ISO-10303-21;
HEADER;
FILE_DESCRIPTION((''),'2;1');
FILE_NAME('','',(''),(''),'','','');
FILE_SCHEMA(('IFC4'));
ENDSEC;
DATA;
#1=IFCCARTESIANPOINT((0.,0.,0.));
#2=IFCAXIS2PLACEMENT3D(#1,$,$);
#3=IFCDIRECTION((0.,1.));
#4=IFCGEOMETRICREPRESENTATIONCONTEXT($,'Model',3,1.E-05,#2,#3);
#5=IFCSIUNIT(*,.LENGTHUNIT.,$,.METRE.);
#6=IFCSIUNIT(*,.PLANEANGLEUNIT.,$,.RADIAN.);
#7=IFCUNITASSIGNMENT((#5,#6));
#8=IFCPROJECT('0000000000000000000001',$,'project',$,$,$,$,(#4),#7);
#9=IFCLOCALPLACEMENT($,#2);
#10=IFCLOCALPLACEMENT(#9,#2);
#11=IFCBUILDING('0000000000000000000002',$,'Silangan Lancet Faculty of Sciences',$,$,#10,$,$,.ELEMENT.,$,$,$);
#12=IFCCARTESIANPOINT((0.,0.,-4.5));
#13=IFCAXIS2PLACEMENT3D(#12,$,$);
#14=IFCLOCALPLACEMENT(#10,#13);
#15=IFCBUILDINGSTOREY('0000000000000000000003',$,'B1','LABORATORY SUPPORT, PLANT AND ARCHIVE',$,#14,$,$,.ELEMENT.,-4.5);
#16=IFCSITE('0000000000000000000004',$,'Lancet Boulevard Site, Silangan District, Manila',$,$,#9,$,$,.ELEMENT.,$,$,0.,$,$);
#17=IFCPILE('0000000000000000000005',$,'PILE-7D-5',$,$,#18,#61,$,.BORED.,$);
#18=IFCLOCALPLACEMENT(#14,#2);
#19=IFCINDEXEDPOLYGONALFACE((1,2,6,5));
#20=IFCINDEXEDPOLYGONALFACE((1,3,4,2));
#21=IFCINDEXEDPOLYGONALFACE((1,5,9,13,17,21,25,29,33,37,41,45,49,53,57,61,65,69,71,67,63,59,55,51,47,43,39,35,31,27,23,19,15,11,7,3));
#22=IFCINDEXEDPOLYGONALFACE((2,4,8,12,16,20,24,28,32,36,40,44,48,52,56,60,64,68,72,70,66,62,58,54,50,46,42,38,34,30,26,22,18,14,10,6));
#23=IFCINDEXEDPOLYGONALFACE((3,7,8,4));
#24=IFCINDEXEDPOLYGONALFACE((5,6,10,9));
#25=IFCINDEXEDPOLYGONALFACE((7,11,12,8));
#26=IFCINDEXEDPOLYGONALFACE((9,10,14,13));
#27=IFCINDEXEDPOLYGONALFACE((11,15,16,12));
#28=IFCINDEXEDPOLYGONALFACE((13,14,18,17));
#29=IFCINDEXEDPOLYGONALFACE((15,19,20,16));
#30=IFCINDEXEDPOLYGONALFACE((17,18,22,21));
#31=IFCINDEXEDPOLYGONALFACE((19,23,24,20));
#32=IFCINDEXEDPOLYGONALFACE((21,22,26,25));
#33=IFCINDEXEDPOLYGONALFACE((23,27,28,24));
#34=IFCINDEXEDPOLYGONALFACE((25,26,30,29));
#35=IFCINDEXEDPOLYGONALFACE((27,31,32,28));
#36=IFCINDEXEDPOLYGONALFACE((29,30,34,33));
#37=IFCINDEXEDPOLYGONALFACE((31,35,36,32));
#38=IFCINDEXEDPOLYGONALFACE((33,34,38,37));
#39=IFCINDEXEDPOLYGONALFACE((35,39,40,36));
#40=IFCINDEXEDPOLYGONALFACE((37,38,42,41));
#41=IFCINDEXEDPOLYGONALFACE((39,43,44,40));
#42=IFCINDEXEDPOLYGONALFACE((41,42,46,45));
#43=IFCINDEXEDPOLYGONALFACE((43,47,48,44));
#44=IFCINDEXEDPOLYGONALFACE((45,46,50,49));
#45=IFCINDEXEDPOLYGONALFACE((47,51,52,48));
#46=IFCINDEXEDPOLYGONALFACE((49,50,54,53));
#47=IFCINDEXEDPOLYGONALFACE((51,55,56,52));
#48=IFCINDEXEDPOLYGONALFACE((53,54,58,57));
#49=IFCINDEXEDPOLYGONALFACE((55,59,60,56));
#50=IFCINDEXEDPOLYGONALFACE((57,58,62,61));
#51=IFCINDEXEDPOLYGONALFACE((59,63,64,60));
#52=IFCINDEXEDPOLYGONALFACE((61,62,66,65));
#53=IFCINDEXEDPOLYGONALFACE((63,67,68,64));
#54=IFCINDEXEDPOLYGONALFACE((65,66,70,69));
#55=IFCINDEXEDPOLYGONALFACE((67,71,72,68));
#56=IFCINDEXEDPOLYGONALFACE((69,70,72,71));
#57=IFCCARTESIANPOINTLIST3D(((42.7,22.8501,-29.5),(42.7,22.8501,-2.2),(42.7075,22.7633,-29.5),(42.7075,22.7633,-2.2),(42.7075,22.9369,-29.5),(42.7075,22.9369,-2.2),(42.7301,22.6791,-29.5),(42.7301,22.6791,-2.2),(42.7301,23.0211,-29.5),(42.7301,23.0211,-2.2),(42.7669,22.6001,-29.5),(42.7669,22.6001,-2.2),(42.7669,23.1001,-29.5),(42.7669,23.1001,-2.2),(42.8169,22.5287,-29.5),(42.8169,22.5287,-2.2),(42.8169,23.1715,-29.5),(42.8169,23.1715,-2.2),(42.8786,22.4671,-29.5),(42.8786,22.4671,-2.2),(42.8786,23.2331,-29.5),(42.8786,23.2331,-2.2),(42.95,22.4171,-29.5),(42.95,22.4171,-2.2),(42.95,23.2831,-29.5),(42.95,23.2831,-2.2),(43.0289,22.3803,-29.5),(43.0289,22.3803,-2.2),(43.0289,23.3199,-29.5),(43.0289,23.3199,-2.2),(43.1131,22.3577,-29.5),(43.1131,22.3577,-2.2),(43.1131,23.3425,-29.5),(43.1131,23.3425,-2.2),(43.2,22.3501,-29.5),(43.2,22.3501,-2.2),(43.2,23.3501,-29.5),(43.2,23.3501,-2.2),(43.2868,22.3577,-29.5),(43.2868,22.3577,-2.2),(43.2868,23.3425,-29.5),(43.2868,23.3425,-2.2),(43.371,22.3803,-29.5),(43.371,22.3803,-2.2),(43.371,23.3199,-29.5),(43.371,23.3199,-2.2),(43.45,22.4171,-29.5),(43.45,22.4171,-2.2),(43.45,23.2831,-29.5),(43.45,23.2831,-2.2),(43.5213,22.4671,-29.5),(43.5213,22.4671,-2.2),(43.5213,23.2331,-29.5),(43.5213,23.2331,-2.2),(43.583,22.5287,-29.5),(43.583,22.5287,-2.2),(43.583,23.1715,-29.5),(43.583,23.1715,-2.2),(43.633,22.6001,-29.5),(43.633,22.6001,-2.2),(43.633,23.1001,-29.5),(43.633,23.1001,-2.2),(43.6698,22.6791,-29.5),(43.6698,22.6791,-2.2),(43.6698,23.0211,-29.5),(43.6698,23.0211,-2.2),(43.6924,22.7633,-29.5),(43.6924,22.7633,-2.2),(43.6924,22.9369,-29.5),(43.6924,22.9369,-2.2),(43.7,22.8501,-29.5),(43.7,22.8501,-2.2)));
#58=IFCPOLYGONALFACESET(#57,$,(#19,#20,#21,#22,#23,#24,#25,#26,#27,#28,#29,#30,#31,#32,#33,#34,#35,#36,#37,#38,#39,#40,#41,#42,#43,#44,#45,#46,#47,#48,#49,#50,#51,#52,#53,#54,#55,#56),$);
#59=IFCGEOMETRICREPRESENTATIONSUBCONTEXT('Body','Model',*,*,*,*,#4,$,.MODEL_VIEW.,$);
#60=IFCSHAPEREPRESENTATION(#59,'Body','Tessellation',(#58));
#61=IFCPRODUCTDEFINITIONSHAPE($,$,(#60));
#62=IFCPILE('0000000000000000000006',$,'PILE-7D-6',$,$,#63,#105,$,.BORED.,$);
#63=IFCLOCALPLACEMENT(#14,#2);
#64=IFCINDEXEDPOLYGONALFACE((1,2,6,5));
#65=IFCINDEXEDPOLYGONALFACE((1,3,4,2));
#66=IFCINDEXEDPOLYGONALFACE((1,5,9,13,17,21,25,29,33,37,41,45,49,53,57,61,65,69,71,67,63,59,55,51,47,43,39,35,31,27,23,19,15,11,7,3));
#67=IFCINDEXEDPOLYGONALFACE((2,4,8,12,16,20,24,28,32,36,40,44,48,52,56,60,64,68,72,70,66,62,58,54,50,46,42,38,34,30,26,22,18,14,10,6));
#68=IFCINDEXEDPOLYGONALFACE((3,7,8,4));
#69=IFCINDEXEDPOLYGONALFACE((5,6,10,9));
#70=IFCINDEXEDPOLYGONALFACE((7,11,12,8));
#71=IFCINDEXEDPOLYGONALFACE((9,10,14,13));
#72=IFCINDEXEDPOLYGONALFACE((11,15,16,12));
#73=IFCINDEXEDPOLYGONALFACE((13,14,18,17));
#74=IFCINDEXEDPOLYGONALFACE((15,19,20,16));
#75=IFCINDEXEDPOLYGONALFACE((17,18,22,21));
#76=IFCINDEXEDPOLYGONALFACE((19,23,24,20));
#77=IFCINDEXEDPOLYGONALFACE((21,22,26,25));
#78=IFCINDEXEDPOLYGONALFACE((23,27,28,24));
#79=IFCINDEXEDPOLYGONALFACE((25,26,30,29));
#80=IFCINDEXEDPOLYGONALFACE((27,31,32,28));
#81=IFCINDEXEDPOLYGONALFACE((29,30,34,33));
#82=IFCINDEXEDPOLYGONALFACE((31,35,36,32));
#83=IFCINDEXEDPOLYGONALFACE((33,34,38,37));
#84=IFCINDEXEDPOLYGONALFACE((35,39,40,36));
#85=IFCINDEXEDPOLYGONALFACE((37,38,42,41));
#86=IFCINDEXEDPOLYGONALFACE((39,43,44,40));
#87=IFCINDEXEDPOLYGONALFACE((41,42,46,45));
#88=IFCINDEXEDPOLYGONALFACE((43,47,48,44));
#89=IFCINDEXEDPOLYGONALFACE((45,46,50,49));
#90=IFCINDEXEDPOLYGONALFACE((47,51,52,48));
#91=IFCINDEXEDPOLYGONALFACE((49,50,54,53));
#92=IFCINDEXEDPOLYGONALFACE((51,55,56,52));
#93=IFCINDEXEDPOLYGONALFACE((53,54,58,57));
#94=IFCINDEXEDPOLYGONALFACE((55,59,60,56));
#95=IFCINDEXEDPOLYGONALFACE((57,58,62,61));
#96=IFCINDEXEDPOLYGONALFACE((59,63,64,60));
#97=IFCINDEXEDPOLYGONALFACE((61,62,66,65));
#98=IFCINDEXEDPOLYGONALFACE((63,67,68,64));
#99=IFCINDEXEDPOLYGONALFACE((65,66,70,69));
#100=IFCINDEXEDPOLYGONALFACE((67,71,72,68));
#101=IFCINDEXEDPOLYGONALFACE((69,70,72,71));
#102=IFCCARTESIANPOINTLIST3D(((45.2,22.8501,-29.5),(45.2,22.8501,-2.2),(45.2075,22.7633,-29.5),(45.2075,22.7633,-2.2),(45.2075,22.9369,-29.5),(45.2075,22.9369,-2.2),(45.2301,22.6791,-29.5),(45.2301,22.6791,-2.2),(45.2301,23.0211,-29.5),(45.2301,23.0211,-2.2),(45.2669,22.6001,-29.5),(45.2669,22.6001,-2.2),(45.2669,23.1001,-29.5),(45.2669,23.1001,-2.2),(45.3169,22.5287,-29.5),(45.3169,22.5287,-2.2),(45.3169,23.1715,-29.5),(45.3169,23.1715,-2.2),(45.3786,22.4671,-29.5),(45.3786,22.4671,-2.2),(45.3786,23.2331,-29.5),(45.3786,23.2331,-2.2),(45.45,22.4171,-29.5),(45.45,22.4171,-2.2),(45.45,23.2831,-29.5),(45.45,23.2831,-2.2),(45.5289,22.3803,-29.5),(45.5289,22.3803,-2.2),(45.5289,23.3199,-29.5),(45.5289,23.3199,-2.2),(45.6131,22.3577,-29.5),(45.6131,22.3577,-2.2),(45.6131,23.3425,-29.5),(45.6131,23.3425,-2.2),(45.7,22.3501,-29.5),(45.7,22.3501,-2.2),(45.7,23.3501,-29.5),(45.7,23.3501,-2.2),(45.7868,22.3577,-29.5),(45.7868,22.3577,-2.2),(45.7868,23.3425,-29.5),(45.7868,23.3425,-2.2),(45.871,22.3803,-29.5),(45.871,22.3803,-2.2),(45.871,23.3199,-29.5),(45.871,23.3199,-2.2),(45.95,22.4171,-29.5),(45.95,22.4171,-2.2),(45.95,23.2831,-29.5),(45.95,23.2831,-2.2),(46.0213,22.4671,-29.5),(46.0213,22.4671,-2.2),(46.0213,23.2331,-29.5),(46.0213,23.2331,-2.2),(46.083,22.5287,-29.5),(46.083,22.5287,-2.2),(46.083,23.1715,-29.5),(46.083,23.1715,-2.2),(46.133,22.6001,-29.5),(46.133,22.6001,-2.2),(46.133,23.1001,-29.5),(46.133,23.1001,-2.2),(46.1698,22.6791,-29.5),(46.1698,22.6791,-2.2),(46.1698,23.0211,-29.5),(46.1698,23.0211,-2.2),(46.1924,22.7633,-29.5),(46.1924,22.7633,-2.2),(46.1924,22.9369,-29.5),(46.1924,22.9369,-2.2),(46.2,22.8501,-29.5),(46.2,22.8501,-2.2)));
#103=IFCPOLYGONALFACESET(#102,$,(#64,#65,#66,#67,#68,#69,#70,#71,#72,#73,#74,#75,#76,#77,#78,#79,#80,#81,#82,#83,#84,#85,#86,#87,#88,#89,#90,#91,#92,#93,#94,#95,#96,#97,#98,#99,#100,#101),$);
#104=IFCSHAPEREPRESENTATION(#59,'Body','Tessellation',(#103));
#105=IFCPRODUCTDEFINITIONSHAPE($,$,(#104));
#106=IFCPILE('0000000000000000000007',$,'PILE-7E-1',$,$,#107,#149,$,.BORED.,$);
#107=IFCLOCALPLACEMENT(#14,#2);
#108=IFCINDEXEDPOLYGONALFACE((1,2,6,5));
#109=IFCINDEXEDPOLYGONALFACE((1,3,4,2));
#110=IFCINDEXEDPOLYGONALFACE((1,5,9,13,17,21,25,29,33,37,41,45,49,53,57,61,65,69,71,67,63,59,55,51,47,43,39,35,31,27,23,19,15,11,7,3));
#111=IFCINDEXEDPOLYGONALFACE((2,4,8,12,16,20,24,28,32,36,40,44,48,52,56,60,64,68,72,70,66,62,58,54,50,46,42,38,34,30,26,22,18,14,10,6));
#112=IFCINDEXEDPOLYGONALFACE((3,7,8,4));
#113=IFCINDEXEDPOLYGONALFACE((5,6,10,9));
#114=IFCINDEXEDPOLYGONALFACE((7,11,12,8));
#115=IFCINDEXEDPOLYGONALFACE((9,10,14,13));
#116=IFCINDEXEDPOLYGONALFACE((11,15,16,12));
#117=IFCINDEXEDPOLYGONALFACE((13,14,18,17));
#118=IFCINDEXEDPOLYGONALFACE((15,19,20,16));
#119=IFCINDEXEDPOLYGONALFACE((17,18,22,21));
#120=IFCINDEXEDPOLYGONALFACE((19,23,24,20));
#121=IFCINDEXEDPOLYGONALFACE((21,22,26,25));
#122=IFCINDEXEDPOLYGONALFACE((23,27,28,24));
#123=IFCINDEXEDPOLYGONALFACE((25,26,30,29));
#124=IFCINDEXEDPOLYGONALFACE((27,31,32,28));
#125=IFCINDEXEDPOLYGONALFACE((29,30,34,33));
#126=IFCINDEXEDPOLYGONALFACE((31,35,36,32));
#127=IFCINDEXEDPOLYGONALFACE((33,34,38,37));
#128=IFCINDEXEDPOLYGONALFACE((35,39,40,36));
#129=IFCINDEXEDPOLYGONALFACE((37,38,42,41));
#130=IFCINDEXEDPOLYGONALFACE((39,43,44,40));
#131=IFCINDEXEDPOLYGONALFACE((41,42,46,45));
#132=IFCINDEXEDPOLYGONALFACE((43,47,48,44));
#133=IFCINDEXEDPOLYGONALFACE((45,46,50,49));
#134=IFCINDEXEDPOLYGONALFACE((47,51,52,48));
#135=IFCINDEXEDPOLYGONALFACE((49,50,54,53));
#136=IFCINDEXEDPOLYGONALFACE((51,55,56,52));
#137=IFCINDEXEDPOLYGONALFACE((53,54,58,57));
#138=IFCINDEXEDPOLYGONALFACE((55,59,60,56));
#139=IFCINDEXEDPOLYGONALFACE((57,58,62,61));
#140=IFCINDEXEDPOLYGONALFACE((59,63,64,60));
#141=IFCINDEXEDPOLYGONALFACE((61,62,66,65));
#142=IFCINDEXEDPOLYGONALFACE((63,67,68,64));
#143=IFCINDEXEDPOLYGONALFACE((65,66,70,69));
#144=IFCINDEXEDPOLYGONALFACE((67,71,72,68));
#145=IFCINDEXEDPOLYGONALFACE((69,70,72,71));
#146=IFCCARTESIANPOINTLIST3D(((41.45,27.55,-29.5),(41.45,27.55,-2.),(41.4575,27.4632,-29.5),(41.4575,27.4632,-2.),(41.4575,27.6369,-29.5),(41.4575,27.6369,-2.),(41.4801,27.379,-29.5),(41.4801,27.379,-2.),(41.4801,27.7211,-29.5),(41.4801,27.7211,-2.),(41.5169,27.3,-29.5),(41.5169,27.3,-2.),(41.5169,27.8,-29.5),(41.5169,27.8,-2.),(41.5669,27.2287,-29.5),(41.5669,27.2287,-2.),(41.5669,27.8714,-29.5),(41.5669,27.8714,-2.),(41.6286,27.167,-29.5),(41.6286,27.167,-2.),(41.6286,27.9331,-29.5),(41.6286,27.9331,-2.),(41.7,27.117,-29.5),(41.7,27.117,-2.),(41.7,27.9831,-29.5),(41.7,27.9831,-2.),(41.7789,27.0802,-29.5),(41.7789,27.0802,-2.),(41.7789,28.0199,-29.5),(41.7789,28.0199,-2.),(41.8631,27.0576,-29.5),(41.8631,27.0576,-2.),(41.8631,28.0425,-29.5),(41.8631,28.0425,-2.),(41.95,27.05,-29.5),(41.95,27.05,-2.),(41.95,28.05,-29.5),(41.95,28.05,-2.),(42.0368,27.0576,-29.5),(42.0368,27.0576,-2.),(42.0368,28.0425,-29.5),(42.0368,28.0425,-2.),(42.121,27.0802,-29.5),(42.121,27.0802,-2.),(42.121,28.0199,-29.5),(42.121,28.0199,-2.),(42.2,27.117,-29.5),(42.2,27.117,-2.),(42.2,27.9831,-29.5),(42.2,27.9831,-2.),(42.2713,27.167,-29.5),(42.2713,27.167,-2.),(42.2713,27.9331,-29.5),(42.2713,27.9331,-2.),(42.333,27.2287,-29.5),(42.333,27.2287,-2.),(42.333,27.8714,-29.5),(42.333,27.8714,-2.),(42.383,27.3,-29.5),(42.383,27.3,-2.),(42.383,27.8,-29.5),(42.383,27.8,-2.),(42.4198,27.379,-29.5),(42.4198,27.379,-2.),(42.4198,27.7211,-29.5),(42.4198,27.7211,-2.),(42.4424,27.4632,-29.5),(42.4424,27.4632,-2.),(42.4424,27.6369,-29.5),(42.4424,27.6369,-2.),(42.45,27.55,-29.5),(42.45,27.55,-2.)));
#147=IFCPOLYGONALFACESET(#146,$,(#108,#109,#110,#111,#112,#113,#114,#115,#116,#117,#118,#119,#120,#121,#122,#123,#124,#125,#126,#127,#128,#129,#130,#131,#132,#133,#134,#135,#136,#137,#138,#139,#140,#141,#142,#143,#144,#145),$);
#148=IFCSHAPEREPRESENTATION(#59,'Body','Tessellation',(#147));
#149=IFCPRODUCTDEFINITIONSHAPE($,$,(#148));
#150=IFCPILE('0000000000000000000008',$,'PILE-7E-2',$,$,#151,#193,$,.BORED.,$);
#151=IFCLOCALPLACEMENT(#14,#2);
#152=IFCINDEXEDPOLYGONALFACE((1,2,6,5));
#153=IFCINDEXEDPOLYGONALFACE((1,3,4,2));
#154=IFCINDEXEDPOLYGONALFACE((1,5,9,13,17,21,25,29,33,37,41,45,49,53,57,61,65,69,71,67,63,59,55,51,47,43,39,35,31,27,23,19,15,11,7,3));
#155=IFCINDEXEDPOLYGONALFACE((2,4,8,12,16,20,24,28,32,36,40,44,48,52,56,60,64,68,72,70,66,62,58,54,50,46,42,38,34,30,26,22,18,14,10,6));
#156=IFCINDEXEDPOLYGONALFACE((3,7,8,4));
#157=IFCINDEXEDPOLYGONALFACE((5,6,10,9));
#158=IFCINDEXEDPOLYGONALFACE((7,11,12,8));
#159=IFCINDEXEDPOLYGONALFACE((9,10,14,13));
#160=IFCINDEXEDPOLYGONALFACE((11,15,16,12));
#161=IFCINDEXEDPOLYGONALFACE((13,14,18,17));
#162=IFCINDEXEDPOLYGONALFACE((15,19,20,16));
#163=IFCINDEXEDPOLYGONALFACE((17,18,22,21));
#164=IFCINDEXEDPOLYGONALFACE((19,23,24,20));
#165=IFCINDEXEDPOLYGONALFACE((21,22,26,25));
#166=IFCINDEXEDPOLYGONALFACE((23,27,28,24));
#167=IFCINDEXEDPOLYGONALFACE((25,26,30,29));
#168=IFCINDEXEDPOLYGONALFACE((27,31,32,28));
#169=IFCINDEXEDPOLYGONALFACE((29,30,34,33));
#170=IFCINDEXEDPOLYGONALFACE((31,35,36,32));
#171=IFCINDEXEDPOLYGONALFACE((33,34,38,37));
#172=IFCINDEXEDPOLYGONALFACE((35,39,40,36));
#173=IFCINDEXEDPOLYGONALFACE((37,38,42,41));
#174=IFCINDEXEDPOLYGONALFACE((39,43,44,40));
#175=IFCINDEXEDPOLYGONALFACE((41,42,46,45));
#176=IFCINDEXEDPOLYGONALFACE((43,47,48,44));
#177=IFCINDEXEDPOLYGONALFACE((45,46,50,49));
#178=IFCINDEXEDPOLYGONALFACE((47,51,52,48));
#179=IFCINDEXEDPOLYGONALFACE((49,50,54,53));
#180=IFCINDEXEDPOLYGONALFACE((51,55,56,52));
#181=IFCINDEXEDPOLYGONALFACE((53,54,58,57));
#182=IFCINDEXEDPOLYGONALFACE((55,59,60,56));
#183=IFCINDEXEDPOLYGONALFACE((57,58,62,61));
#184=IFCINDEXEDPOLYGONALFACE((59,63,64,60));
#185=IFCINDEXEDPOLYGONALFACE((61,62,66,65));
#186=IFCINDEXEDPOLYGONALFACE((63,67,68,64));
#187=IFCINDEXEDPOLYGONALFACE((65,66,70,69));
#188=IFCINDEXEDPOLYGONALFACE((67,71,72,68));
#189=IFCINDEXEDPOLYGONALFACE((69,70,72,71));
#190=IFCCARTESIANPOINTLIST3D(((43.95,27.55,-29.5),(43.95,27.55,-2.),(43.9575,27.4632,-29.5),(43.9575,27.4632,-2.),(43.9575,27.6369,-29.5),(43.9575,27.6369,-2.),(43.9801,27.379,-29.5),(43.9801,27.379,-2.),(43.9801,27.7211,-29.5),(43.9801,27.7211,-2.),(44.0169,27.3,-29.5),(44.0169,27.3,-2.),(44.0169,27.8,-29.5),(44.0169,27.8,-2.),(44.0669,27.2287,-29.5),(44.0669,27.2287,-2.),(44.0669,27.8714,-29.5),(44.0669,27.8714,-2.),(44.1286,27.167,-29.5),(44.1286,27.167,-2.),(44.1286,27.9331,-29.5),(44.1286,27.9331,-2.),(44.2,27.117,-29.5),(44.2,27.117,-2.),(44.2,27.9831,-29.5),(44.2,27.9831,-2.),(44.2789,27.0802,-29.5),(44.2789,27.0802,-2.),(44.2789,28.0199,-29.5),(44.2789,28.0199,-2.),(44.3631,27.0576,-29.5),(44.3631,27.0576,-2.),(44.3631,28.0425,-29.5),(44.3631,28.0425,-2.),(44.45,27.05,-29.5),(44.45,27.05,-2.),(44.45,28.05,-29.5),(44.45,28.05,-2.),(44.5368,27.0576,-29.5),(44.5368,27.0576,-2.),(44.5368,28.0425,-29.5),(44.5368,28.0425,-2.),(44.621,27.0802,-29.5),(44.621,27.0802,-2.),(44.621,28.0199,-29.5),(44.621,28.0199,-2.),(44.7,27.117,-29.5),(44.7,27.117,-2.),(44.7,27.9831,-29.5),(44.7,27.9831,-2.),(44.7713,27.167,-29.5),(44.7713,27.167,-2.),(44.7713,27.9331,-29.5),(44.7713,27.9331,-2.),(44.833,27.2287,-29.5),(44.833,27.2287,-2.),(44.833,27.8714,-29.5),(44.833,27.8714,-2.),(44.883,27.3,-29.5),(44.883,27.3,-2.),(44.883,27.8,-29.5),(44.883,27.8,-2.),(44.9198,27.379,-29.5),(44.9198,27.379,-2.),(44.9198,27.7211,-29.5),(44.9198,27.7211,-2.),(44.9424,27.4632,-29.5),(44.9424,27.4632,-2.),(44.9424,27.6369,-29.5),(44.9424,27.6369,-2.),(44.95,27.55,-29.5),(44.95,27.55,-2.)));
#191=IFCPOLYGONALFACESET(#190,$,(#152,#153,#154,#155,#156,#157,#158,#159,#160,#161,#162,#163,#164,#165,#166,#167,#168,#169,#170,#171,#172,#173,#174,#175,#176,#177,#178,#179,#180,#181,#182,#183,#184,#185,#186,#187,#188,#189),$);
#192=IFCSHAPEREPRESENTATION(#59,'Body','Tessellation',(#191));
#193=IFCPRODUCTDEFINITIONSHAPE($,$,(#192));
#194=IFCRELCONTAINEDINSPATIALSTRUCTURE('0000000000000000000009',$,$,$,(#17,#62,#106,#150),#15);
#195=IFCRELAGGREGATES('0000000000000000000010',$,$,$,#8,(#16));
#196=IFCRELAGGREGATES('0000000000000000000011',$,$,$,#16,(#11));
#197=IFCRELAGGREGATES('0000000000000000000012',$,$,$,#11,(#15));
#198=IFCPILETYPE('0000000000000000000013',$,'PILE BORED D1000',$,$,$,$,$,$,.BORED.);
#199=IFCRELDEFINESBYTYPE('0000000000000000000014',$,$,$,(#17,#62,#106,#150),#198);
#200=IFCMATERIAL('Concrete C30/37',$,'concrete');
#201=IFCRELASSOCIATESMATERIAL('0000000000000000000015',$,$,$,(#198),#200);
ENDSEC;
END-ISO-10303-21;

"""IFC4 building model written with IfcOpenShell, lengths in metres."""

from ifc_helpers import new_model, si_unit, direction, frame, origin, origin_2d, place, context, subcontext, project, spatial, circle, extrude, material, material_profile, profile_set, type_object, element, save


model = new_model("IFC4")

# Units and contexts
model_context = context("Model", 3, precision=1e-05, world=origin(), true_north=direction((0.0, 1.0)))
body_context = subcontext(model_context, "Body", "Model", "MODEL_VIEW")
ifc_project = project(units=[si_unit("LENGTHUNIT", "METRE"), si_unit("PLANEANGLEUNIT", "RADIAN")], contexts=[model_context])

# Site, building, storey
site_placement = place(None, origin())
site = spatial("IfcSite", under=ifc_project, at=site_placement, Name="Lancet Boulevard Site, Silangan District, Manila", CompositionType="ELEMENT", RefElevation=0.0)
building_placement = place(site_placement, origin())
building = spatial("IfcBuilding", under=site, at=building_placement, Name="Silangan Lancet Faculty of Sciences", CompositionType="ELEMENT")
storey_placement = place(building_placement, frame((0.0, 0.0, -4.5)))
storey = spatial("IfcBuildingStorey", under=building, at=storey_placement, Name="B1", Description="LABORATORY SUPPORT, PLANT AND ARCHIVE", CompositionType="ELEMENT", Elevation=-4.5)

# Piles
ifc_material_1 = material(Name="Concrete C30/37", Category="concrete")
ifc_material_profile_1 = material_profile(ifc_material_1, circle(Radius=0.5, at=origin_2d()), Name="BORED PILE D1000")
ifc_profile_set_1 = profile_set([ifc_material_profile_1], Name="Concrete C30/37")
pile_type = type_object("IfcPileType", Name="PILE BORED D1000", PredefinedType="BORED", material=ifc_profile_set_1)
for number, where, z_axis, x_axis, name in (
    (1, (43.2, 22.8501, -2.2), (0.0, 0.0, -1.0), (1.0, 0.0, 0.0), "PILE-7D-5"),
    (2, (45.7, 22.8501, -2.2), (0.0, 0.0, -1.0), (1.0, 0.0, 0.0), "PILE-7D-6"),
):
    element("IfcPile", number, at=place(storey_placement, frame(where, z_axis=z_axis, x_axis=x_axis)), inside=storey, type_object=pile_type, Name=name, PredefinedType="BORED", context=body_context, shape_type="SweptSolid", body=[
        extrude(circle(Radius=0.5, at=origin_2d()), origin(), (0.0, 0.0, 1.0), 27.3),
    ])
for number, where, z_axis, x_axis, name in (
    (3, (41.95, 27.55, -2.0), (0.0, 0.0, -1.0), (1.0, 0.0, 0.0), "PILE-7E-1"),
    (4, (44.45, 27.55, -2.0), (0.0, 0.0, -1.0), (1.0, 0.0, 0.0), "PILE-7E-2"),
):
    element("IfcPile", number, at=place(storey_placement, frame(where, z_axis=z_axis, x_axis=x_axis)), inside=storey, type_object=pile_type, Name=name, PredefinedType="BORED", context=body_context, shape_type="SweptSolid", body=[
        extrude(circle(Radius=0.5, at=origin_2d()), origin(), (0.0, 0.0, 1.0), 27.5),
    ])

save(model, "model.ifc")
